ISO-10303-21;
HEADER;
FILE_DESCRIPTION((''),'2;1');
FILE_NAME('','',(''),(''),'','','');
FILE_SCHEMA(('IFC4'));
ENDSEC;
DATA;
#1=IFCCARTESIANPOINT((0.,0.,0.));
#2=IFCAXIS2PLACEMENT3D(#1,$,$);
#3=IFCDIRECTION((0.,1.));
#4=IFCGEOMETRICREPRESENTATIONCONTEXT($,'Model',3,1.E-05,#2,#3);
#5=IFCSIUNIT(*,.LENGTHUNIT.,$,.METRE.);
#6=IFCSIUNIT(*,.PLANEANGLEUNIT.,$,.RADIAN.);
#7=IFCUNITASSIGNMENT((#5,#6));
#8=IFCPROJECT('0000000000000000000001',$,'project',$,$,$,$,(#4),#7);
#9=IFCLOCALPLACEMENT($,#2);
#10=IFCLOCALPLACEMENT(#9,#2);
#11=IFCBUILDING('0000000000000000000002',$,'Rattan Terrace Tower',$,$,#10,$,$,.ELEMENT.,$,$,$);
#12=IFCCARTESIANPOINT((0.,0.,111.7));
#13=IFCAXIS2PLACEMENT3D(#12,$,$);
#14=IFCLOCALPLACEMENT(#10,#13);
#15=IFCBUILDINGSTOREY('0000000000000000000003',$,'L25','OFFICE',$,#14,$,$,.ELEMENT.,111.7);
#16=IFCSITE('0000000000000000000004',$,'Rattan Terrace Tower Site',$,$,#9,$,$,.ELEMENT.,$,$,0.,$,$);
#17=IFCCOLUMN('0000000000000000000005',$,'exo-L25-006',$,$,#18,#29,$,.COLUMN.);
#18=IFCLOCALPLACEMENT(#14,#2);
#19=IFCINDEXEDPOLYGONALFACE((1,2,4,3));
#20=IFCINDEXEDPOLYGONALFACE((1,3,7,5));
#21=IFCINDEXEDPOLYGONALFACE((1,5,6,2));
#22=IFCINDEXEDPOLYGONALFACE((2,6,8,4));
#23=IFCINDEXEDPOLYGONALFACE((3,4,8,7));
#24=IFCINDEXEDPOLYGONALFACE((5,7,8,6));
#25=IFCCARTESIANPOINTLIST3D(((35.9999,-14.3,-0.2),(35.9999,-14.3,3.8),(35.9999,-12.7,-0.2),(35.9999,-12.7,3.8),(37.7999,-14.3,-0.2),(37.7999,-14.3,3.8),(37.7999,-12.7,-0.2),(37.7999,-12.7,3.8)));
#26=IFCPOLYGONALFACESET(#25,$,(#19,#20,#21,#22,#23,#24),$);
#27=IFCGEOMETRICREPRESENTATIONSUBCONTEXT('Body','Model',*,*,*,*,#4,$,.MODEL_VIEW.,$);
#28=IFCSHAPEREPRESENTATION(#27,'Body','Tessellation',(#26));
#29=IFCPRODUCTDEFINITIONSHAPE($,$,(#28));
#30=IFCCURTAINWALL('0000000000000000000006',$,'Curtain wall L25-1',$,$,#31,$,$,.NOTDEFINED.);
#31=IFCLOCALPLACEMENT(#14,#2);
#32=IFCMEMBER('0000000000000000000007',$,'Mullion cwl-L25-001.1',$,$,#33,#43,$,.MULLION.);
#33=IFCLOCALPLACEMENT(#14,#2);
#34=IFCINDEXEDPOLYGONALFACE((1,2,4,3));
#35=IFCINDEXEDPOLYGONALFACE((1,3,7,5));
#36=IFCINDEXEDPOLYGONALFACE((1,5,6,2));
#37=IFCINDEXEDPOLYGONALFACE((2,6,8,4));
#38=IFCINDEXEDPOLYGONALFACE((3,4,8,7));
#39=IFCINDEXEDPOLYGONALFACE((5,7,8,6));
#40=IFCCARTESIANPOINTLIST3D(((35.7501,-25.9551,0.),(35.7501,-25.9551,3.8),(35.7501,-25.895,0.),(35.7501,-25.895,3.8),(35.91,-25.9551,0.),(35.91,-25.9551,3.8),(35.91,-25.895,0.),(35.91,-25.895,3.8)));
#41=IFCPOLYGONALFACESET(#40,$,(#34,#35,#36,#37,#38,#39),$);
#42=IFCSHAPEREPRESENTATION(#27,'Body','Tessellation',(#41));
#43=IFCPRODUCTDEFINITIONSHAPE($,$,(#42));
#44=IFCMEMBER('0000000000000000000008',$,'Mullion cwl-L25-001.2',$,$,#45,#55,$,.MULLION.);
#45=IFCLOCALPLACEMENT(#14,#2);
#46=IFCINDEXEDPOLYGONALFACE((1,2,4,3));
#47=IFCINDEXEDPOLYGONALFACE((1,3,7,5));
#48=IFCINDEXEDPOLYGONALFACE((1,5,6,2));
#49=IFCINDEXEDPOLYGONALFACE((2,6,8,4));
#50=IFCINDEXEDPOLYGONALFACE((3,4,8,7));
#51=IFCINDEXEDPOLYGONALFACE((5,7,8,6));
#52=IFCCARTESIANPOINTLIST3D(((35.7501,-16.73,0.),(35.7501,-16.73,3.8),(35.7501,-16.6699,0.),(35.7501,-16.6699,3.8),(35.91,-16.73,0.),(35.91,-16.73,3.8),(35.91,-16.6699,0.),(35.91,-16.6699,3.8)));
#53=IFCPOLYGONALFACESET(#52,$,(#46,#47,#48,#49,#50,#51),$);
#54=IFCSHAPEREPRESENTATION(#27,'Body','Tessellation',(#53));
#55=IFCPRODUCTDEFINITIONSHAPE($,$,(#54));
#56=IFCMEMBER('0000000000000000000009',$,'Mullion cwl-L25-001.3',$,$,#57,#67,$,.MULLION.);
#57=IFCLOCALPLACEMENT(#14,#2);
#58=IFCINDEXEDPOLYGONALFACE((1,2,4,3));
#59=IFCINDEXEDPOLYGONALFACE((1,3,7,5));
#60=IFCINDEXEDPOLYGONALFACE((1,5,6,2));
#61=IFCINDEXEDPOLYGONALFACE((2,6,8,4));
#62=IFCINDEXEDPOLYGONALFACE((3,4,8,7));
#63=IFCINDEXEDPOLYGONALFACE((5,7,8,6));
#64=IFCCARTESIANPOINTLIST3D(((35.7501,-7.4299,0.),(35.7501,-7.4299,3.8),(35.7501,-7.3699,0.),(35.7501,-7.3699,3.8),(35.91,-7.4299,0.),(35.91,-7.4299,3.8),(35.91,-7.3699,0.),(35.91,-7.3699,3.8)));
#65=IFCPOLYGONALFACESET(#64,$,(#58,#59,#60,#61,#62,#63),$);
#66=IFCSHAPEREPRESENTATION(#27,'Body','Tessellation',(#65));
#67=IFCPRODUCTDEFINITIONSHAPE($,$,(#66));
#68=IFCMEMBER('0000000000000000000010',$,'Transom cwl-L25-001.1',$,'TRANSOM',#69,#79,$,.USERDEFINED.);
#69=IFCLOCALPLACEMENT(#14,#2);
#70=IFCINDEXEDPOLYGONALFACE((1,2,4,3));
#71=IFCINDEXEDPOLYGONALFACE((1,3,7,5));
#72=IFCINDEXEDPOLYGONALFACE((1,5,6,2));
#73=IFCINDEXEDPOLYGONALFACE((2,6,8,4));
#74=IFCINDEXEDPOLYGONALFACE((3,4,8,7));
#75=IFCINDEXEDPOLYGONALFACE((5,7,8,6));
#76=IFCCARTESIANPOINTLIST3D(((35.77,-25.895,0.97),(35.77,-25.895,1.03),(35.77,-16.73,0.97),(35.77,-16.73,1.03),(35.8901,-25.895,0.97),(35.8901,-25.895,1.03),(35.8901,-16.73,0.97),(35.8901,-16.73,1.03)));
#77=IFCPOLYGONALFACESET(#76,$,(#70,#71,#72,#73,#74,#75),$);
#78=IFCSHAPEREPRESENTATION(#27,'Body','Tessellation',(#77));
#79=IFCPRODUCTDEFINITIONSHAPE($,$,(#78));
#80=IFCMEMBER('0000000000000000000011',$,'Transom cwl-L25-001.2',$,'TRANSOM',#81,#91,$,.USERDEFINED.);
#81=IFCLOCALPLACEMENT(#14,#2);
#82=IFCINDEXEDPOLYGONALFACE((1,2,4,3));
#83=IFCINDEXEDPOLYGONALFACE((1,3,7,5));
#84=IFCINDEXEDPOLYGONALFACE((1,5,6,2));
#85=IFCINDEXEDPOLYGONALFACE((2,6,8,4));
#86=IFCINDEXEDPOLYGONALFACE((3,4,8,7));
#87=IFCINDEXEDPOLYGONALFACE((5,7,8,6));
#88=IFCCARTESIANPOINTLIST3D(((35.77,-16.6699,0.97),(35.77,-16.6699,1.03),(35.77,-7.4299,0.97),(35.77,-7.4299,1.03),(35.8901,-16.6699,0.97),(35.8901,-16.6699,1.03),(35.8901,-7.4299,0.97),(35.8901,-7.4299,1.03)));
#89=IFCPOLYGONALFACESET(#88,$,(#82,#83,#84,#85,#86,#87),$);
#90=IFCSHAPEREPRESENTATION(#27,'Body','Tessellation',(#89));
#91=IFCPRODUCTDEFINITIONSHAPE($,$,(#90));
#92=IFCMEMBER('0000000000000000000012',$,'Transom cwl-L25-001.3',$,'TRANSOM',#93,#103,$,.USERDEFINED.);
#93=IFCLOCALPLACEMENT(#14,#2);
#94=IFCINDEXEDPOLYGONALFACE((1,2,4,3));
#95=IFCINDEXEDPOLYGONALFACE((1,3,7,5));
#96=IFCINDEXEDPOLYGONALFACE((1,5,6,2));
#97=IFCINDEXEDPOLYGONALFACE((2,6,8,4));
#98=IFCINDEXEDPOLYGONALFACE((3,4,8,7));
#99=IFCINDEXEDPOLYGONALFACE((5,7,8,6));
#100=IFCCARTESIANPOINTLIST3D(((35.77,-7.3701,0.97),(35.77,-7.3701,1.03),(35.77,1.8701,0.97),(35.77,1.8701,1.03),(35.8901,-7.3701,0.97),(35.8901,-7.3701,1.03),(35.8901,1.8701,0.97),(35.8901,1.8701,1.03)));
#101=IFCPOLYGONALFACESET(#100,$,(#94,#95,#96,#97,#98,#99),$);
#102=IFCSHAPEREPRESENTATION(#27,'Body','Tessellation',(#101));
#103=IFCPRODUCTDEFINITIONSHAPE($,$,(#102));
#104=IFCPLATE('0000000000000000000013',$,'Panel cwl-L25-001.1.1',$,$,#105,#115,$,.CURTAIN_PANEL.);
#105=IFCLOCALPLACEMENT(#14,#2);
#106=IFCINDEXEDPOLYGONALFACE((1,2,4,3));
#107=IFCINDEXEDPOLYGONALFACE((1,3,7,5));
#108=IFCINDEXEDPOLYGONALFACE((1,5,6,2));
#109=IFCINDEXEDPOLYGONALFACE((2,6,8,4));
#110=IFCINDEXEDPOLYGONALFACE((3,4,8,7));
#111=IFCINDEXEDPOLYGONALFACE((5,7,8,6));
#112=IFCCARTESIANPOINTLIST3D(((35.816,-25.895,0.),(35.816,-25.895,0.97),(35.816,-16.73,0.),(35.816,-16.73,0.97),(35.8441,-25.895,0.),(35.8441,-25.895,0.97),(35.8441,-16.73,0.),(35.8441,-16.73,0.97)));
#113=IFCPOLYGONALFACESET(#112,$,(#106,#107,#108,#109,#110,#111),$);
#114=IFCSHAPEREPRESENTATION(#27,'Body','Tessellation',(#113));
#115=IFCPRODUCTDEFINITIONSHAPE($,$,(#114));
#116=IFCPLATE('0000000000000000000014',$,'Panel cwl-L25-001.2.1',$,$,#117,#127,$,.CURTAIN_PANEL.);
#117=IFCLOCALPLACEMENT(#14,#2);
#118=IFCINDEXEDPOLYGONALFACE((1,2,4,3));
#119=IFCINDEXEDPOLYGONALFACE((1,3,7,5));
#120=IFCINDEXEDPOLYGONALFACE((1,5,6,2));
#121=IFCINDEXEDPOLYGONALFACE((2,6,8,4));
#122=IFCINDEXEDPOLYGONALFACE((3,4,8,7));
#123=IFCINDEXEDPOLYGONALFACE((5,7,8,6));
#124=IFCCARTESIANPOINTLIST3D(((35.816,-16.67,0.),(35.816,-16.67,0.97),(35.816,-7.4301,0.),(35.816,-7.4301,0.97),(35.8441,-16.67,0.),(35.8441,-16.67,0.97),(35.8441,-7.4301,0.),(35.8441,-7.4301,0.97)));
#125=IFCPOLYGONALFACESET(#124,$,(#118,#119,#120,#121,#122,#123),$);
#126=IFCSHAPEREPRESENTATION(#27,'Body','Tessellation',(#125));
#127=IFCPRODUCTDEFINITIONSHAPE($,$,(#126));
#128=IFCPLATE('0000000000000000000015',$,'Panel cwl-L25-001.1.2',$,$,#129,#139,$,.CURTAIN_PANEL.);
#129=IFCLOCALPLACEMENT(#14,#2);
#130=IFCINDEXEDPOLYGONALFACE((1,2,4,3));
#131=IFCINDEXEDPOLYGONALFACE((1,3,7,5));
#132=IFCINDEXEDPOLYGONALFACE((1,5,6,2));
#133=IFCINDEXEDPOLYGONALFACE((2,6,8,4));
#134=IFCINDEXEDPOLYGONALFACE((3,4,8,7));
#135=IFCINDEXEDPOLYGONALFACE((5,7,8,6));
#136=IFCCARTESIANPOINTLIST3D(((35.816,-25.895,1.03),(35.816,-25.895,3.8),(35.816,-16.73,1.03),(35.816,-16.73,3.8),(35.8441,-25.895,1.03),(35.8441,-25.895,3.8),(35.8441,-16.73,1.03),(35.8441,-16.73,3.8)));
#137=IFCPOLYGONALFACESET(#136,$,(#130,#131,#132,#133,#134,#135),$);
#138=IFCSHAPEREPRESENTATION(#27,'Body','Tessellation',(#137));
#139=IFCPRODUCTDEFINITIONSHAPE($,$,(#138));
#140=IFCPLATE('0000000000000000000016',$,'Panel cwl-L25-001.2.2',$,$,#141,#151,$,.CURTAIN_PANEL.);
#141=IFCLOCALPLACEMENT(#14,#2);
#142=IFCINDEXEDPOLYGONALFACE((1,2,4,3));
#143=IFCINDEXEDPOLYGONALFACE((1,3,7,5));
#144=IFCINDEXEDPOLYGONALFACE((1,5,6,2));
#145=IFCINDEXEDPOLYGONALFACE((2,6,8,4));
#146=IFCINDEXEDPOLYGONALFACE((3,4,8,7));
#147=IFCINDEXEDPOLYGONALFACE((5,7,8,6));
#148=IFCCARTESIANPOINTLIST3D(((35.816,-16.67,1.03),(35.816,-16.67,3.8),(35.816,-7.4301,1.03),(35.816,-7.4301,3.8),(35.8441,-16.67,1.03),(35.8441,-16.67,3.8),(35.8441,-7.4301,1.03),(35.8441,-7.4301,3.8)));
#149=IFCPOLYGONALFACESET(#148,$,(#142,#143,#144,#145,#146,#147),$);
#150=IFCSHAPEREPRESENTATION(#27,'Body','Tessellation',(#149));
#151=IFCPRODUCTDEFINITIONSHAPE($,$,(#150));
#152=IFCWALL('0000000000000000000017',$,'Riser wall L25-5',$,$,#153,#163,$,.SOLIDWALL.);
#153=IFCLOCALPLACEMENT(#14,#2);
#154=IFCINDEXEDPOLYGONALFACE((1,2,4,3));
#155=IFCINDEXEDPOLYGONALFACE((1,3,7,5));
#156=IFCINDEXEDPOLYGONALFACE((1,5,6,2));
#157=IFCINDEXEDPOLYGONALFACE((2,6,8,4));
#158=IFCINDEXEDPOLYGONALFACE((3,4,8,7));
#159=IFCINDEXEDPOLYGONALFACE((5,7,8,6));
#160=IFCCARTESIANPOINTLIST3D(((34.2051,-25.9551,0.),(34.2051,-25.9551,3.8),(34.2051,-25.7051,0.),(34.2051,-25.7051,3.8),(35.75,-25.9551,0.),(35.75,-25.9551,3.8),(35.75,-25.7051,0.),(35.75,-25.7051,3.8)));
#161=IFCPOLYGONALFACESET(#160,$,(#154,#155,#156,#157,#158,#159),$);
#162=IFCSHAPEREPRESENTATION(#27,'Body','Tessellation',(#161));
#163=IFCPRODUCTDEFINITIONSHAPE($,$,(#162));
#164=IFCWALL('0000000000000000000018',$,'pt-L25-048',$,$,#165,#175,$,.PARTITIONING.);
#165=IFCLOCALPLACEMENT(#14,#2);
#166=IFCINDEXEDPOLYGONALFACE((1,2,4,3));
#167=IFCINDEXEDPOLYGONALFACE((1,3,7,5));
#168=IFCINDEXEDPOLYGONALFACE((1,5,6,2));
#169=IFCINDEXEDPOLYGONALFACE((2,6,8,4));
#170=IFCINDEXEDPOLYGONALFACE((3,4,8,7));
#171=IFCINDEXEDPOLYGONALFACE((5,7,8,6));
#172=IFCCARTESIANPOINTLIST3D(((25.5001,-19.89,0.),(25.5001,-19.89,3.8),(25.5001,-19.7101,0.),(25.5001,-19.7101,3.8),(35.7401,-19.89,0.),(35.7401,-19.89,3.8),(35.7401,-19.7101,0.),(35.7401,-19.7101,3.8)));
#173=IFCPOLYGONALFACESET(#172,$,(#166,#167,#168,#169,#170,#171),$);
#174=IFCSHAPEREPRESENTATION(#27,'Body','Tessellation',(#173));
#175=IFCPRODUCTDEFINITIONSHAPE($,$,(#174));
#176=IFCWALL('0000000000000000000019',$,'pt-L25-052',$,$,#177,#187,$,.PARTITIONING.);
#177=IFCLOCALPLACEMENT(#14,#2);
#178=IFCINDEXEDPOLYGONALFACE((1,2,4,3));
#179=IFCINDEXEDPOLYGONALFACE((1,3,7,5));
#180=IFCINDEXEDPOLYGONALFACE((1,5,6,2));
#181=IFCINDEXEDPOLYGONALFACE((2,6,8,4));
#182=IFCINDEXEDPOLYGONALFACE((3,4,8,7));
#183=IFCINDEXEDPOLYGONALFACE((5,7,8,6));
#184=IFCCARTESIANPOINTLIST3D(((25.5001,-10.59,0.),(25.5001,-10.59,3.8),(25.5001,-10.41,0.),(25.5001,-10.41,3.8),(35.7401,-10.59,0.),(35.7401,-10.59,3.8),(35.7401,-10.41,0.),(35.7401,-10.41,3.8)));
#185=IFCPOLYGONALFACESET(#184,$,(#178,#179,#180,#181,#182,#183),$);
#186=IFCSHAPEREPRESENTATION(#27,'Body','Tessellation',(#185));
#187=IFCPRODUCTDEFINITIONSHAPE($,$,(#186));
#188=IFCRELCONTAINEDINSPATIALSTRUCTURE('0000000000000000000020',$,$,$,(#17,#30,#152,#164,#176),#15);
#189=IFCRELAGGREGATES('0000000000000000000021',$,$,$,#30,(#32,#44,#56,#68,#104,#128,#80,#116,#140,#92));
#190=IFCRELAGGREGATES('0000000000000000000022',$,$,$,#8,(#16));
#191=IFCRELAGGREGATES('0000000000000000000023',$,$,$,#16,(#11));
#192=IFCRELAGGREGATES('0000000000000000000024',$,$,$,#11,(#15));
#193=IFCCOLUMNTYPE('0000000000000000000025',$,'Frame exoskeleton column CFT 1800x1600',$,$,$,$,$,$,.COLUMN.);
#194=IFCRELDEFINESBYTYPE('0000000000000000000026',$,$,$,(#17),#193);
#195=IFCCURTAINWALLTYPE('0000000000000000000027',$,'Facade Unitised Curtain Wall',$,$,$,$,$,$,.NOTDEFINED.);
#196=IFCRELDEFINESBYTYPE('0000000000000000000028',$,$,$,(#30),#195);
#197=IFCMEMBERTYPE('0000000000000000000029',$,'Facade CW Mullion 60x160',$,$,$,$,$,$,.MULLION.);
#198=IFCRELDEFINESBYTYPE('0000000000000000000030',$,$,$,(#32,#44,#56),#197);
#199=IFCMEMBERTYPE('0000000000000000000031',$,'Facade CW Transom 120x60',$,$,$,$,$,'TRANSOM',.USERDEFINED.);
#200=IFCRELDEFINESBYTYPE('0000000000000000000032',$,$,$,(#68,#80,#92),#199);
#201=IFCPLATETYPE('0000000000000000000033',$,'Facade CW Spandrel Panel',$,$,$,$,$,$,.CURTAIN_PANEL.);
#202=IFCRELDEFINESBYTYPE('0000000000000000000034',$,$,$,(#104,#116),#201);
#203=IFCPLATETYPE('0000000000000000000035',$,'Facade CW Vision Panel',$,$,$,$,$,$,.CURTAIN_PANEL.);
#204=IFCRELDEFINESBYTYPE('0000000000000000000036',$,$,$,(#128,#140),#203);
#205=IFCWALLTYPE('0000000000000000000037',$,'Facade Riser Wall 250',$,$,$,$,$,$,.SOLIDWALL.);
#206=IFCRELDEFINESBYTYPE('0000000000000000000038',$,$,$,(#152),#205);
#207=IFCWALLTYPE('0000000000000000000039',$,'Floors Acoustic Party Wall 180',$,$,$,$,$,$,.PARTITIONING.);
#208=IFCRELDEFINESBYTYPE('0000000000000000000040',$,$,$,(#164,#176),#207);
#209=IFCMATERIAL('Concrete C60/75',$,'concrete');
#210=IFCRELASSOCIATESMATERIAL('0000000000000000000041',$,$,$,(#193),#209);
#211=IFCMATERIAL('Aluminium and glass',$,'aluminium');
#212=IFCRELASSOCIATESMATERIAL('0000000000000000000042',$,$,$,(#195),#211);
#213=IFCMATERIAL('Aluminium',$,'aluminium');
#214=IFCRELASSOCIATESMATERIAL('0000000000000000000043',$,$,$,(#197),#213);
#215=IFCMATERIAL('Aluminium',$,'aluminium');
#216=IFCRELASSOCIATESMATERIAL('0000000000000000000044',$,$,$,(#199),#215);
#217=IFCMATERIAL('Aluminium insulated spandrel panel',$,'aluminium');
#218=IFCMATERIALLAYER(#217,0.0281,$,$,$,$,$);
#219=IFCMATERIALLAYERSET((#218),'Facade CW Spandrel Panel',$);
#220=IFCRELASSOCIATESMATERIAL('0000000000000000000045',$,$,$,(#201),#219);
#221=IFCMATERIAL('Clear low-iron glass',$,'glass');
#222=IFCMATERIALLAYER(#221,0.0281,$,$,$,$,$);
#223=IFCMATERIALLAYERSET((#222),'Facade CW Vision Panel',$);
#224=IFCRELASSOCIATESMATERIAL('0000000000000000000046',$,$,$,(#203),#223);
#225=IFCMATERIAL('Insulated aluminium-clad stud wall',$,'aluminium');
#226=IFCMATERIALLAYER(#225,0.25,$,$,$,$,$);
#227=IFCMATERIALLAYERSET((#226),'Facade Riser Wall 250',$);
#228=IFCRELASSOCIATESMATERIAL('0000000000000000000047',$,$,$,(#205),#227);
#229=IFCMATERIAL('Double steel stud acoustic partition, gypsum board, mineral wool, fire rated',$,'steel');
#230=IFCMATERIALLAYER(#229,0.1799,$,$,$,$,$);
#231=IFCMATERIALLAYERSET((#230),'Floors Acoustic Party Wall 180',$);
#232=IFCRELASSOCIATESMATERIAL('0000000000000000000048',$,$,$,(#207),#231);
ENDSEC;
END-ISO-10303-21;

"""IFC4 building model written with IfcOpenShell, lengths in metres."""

from ifc_helpers import new_model, si_unit, direction, frame, frame_2d, origin, origin_2d, place, context, subcontext, project, spatial, rectangle, extrude, material, layer, layer_set, material_profile, profile_set, type_object, element, aggregate, save


model = new_model("IFC4")

# Units and contexts
model_context = context("Model", 3, precision=1e-05, world=origin(), true_north=direction((0.0, 1.0)))
body_context = subcontext(model_context, "Body", "Model", "MODEL_VIEW")
ifc_project = project(units=[si_unit("LENGTHUNIT", "METRE"), si_unit("PLANEANGLEUNIT", "RADIAN")], contexts=[model_context])

# Site, building, storey
site_placement = place(None, origin())
site = spatial("IfcSite", under=ifc_project, at=site_placement, Name="Rattan Terrace Tower Site", CompositionType="ELEMENT", RefElevation=0.0)
building_placement = place(site_placement, origin())
building = spatial("IfcBuilding", under=site, at=building_placement, Name="Rattan Terrace Tower", CompositionType="ELEMENT")
storey_placement = place(building_placement, frame((0.0, 0.0, 111.7)))
storey = spatial("IfcBuildingStorey", under=building, at=storey_placement, Name="L25", Description="OFFICE", CompositionType="ELEMENT", Elevation=111.7)

# Column
ifc_material_1 = material(Name="Concrete C60/75", Category="concrete")
ifc_material_profile_1 = material_profile(ifc_material_1, rectangle(XDim=1.6001, YDim=1.8, at=origin_2d()), Name="CFT 1800x1600")
ifc_profile_set_1 = profile_set([ifc_material_profile_1], Name="Concrete C60/75")
column_type = type_object("IfcColumnType", Name="Frame exoskeleton column CFT 1800x1600", PredefinedType="COLUMN", material=ifc_profile_set_1)
column_placement = place(storey_placement, frame((36.8999, -13.5, -0.2), z_axis=(0.0, 0.0, 1.0), x_axis=(0.0, 1.0, 0.0)))
element("IfcColumn", 1, at=column_placement, inside=storey, type_object=column_type, Name="exo-L25-006", PredefinedType="COLUMN", context=body_context, shape_type="SweptSolid", body=[
    extrude(rectangle(XDim=1.6001, YDim=1.8, at=origin_2d()), origin(), (0.0, 0.0, 1.0), 4.0),
])

# Curtain wall, members, plates
ifc_material_2 = material(Name="Aluminium and glass", Category="aluminium")
curtain_wall_type = type_object("IfcCurtainWallType", Name="Facade Unitised Curtain Wall", PredefinedType="NOTDEFINED", material=ifc_material_2)
curtain_wall_placement = place(storey_placement, origin())
curtain_wall = element("IfcCurtainWall", 2, at=curtain_wall_placement, inside=storey, type_object=curtain_wall_type, Name="Curtain wall L25-1", PredefinedType="NOTDEFINED")
ifc_material_3 = material(Name="Aluminium", Category="aluminium")
ifc_material_profile_2 = material_profile(ifc_material_3, rectangle(XDim=0.0601, YDim=0.1599, at=origin_2d()), Name="Aluminium 60x160")
ifc_profile_set_2 = profile_set([ifc_material_profile_2], Name="Aluminium")
member_type_1 = type_object("IfcMemberType", Name="Facade CW Mullion 60x160", PredefinedType="MULLION", material=ifc_profile_set_2)
member_1_placement = place(storey_placement, frame((35.8301, -25.925, 0.0), z_axis=(0.0, 0.0, 1.0), x_axis=(0.0, 1.0, 0.0)))
member_1 = element("IfcMember", 3, at=member_1_placement, type_object=member_type_1, Name="Mullion cwl-L25-001.1", PredefinedType="MULLION", context=body_context, shape_type="SweptSolid", body=[
    extrude(rectangle(XDim=0.0601, YDim=0.1599, at=origin_2d()), origin(), (0.0, 0.0, 1.0), 3.8),
])
member_2_placement = place(storey_placement, frame((35.8301, -16.7, 0.0), z_axis=(0.0, 0.0, 1.0), x_axis=(0.0, 1.0, 0.0)))
member_2 = element("IfcMember", 4, at=member_2_placement, type_object=member_type_1, Name="Mullion cwl-L25-001.2", PredefinedType="MULLION", context=body_context, shape_type="SweptSolid", body=[
    extrude(rectangle(XDim=0.0601, YDim=0.1599, at=origin_2d()), origin(), (0.0, 0.0, 1.0), 3.8),
])
member_3_placement = place(storey_placement, frame((35.8301, -7.3999, 0.0), z_axis=(0.0, 0.0, 1.0), x_axis=(0.0, 1.0, 0.0)))
member_3 = element("IfcMember", 5, at=member_3_placement, type_object=member_type_1, Name="Mullion cwl-L25-001.3", PredefinedType="MULLION", context=body_context, shape_type="SweptSolid", body=[
    extrude(rectangle(XDim=0.0601, YDim=0.1599, at=origin_2d()), origin(), (0.0, 0.0, 1.0), 3.8),
])
ifc_material_4 = material(Name="Aluminium", Category="aluminium")
ifc_material_profile_3 = material_profile(ifc_material_4, rectangle(XDim=0.1201, YDim=0.0601, at=origin_2d()), Name="Aluminium 120x60")
ifc_profile_set_3 = profile_set([ifc_material_profile_3], Name="Aluminium")
member_type_2 = type_object("IfcMemberType", Name="Facade CW Transom 120x60", ElementType="TRANSOM", PredefinedType="USERDEFINED", material=ifc_profile_set_3)
member_4_placement = place(storey_placement, frame((35.8301, -25.895, 1.0), z_axis=(0.0, 1.0, 0.0), x_axis=(-1.0, 0.0, 0.0)))
member_4 = element("IfcMember", 6, at=member_4_placement, type_object=member_type_2, Name="Transom cwl-L25-001.1", ObjectType="TRANSOM", PredefinedType="USERDEFINED", context=body_context, shape_type="SweptSolid", body=[
    extrude(rectangle(XDim=0.1201, YDim=0.0601, at=origin_2d()), origin(), (0.0, 0.0, 1.0), 9.165),
])
member_5_placement = place(storey_placement, frame((35.8301, -16.6699, 1.0), z_axis=(0.0, 1.0, 0.0), x_axis=(-1.0, 0.0, 0.0)))
member_5 = element("IfcMember", 7, at=member_5_placement, type_object=member_type_2, Name="Transom cwl-L25-001.2", ObjectType="TRANSOM", PredefinedType="USERDEFINED", context=body_context, shape_type="SweptSolid", body=[
    extrude(rectangle(XDim=0.1201, YDim=0.0601, at=origin_2d()), origin(), (0.0, 0.0, 1.0), 9.24),
])
member_6_placement = place(storey_placement, frame((35.8301, -7.3701, 1.0), z_axis=(0.0, 1.0, 0.0), x_axis=(-1.0, 0.0, 0.0)))
member_6 = element("IfcMember", 8, at=member_6_placement, type_object=member_type_2, Name="Transom cwl-L25-001.3", ObjectType="TRANSOM", PredefinedType="USERDEFINED", context=body_context, shape_type="SweptSolid", body=[
    extrude(rectangle(XDim=0.1201, YDim=0.0601, at=origin_2d()), origin(), (0.0, 0.0, 1.0), 9.2402),
])
ifc_material_5 = material(Name="Aluminium insulated spandrel panel", Category="aluminium")
ifc_layer_1 = layer(ifc_material_5, 0.0281)
ifc_layer_set_1 = layer_set([ifc_layer_1], Name="Facade CW Spandrel Panel")
plate_type_1 = type_object("IfcPlateType", Name="Facade CW Spandrel Panel", PredefinedType="CURTAIN_PANEL", material=ifc_layer_set_1)
plate_1_placement = place(storey_placement, frame((35.8301, -21.3125, 0.0), z_axis=(0.0, 0.0, 1.0), x_axis=(0.0, 1.0, 0.0)))
plate_1 = element("IfcPlate", 9, at=plate_1_placement, type_object=plate_type_1, Name="Panel cwl-L25-001.1.1", PredefinedType="CURTAIN_PANEL", context=body_context, shape_type="SweptSolid", body=[
    extrude(rectangle(XDim=9.165, YDim=0.0281, at=origin_2d()), origin(), (0.0, 0.0, 1.0), 0.97),
])
plate_2_placement = place(storey_placement, frame((35.8301, -12.05, 0.0), z_axis=(0.0, 0.0, 1.0), x_axis=(0.0, 1.0, 0.0)))
plate_2 = element("IfcPlate", 10, at=plate_2_placement, type_object=plate_type_1, Name="Panel cwl-L25-001.2.1", PredefinedType="CURTAIN_PANEL", context=body_context, shape_type="SweptSolid", body=[
    extrude(rectangle(XDim=9.24, YDim=0.0281, at=origin_2d()), origin(), (0.0, 0.0, 1.0), 0.97),
])
ifc_material_6 = material(Name="Clear low-iron glass", Category="glass")
ifc_layer_2 = layer(ifc_material_6, 0.0281)
ifc_layer_set_2 = layer_set([ifc_layer_2], Name="Facade CW Vision Panel")
plate_type_2 = type_object("IfcPlateType", Name="Facade CW Vision Panel", PredefinedType="CURTAIN_PANEL", material=ifc_layer_set_2)
plate_3_placement = place(storey_placement, frame((35.8301, -21.3125, 1.03), z_axis=(0.0, 0.0, 1.0), x_axis=(0.0, 1.0, 0.0)))
plate_3 = element("IfcPlate", 11, at=plate_3_placement, type_object=plate_type_2, Name="Panel cwl-L25-001.1.2", PredefinedType="CURTAIN_PANEL", context=body_context, shape_type="SweptSolid", body=[
    extrude(rectangle(XDim=9.165, YDim=0.0281, at=origin_2d()), origin(), (0.0, 0.0, 1.0), 2.77),
])
plate_4_placement = place(storey_placement, frame((35.8301, -12.05, 1.03), z_axis=(0.0, 0.0, 1.0), x_axis=(0.0, 1.0, 0.0)))
plate_4 = element("IfcPlate", 12, at=plate_4_placement, type_object=plate_type_2, Name="Panel cwl-L25-001.2.2", PredefinedType="CURTAIN_PANEL", context=body_context, shape_type="SweptSolid", body=[
    extrude(rectangle(XDim=9.24, YDim=0.0281, at=origin_2d()), origin(), (0.0, 0.0, 1.0), 2.77),
])
aggregate(curtain_wall, [member_1, member_2, member_3, member_4, plate_1, plate_3, member_5, plate_2, plate_4, member_6])

# Walls
ifc_material_7 = material(Name="Insulated aluminium-clad stud wall", Category="aluminium")
ifc_layer_3 = layer(ifc_material_7, 0.25)
ifc_layer_set_3 = layer_set([ifc_layer_3], Name="Facade Riser Wall 250")
wall_type_1 = type_object("IfcWallType", Name="Facade Riser Wall 250", PredefinedType="SOLIDWALL", material=ifc_layer_set_3)
wall_1_placement = place(storey_placement, frame((34.2051, -25.8301, 0.0), z_axis=(0.0, 0.0, 1.0), x_axis=(1.0, 0.0, 0.0)))
element("IfcWall", 13, at=wall_1_placement, inside=storey, type_object=wall_type_1, Name="Riser wall L25-5", PredefinedType="SOLIDWALL", context=body_context, shape_type="SweptSolid", body=[
    extrude(rectangle(XDim=1.5449, YDim=0.25, at=frame_2d((0.7725, 0.0))), origin(), (0.0, 0.0, 1.0), 3.8),
])
ifc_material_8 = material(Name="Double steel stud acoustic partition, gypsum board, mineral wool, fire rated", Category="steel")
ifc_layer_4 = layer(ifc_material_8, 0.1799)
ifc_layer_set_4 = layer_set([ifc_layer_4], Name="Floors Acoustic Party Wall 180")
wall_type_2 = type_object("IfcWallType", Name="Floors Acoustic Party Wall 180", PredefinedType="PARTITIONING", material=ifc_layer_set_4)
for number, where, z_axis, x_axis, name in (
    (14, (25.5, -19.8, 0.0), (0.0, 0.0, 1.0), (1.0, 0.0, 0.0), "pt-L25-048"),
    (15, (25.5, -10.5, 0.0), (0.0, 0.0, 1.0), (1.0, 0.0, 0.0), "pt-L25-052"),
):
    element("IfcWall", number, at=place(storey_placement, frame(where, z_axis=z_axis, x_axis=x_axis)), inside=storey, type_object=wall_type_2, Name=name, PredefinedType="PARTITIONING", context=body_context, shape_type="SweptSolid", body=[
        extrude(rectangle(XDim=10.24, YDim=0.1799, at=frame_2d((5.1201, 0.0))), origin(), (0.0, 0.0, 1.0), 3.8),
    ])

save(model, "model.ifc")
